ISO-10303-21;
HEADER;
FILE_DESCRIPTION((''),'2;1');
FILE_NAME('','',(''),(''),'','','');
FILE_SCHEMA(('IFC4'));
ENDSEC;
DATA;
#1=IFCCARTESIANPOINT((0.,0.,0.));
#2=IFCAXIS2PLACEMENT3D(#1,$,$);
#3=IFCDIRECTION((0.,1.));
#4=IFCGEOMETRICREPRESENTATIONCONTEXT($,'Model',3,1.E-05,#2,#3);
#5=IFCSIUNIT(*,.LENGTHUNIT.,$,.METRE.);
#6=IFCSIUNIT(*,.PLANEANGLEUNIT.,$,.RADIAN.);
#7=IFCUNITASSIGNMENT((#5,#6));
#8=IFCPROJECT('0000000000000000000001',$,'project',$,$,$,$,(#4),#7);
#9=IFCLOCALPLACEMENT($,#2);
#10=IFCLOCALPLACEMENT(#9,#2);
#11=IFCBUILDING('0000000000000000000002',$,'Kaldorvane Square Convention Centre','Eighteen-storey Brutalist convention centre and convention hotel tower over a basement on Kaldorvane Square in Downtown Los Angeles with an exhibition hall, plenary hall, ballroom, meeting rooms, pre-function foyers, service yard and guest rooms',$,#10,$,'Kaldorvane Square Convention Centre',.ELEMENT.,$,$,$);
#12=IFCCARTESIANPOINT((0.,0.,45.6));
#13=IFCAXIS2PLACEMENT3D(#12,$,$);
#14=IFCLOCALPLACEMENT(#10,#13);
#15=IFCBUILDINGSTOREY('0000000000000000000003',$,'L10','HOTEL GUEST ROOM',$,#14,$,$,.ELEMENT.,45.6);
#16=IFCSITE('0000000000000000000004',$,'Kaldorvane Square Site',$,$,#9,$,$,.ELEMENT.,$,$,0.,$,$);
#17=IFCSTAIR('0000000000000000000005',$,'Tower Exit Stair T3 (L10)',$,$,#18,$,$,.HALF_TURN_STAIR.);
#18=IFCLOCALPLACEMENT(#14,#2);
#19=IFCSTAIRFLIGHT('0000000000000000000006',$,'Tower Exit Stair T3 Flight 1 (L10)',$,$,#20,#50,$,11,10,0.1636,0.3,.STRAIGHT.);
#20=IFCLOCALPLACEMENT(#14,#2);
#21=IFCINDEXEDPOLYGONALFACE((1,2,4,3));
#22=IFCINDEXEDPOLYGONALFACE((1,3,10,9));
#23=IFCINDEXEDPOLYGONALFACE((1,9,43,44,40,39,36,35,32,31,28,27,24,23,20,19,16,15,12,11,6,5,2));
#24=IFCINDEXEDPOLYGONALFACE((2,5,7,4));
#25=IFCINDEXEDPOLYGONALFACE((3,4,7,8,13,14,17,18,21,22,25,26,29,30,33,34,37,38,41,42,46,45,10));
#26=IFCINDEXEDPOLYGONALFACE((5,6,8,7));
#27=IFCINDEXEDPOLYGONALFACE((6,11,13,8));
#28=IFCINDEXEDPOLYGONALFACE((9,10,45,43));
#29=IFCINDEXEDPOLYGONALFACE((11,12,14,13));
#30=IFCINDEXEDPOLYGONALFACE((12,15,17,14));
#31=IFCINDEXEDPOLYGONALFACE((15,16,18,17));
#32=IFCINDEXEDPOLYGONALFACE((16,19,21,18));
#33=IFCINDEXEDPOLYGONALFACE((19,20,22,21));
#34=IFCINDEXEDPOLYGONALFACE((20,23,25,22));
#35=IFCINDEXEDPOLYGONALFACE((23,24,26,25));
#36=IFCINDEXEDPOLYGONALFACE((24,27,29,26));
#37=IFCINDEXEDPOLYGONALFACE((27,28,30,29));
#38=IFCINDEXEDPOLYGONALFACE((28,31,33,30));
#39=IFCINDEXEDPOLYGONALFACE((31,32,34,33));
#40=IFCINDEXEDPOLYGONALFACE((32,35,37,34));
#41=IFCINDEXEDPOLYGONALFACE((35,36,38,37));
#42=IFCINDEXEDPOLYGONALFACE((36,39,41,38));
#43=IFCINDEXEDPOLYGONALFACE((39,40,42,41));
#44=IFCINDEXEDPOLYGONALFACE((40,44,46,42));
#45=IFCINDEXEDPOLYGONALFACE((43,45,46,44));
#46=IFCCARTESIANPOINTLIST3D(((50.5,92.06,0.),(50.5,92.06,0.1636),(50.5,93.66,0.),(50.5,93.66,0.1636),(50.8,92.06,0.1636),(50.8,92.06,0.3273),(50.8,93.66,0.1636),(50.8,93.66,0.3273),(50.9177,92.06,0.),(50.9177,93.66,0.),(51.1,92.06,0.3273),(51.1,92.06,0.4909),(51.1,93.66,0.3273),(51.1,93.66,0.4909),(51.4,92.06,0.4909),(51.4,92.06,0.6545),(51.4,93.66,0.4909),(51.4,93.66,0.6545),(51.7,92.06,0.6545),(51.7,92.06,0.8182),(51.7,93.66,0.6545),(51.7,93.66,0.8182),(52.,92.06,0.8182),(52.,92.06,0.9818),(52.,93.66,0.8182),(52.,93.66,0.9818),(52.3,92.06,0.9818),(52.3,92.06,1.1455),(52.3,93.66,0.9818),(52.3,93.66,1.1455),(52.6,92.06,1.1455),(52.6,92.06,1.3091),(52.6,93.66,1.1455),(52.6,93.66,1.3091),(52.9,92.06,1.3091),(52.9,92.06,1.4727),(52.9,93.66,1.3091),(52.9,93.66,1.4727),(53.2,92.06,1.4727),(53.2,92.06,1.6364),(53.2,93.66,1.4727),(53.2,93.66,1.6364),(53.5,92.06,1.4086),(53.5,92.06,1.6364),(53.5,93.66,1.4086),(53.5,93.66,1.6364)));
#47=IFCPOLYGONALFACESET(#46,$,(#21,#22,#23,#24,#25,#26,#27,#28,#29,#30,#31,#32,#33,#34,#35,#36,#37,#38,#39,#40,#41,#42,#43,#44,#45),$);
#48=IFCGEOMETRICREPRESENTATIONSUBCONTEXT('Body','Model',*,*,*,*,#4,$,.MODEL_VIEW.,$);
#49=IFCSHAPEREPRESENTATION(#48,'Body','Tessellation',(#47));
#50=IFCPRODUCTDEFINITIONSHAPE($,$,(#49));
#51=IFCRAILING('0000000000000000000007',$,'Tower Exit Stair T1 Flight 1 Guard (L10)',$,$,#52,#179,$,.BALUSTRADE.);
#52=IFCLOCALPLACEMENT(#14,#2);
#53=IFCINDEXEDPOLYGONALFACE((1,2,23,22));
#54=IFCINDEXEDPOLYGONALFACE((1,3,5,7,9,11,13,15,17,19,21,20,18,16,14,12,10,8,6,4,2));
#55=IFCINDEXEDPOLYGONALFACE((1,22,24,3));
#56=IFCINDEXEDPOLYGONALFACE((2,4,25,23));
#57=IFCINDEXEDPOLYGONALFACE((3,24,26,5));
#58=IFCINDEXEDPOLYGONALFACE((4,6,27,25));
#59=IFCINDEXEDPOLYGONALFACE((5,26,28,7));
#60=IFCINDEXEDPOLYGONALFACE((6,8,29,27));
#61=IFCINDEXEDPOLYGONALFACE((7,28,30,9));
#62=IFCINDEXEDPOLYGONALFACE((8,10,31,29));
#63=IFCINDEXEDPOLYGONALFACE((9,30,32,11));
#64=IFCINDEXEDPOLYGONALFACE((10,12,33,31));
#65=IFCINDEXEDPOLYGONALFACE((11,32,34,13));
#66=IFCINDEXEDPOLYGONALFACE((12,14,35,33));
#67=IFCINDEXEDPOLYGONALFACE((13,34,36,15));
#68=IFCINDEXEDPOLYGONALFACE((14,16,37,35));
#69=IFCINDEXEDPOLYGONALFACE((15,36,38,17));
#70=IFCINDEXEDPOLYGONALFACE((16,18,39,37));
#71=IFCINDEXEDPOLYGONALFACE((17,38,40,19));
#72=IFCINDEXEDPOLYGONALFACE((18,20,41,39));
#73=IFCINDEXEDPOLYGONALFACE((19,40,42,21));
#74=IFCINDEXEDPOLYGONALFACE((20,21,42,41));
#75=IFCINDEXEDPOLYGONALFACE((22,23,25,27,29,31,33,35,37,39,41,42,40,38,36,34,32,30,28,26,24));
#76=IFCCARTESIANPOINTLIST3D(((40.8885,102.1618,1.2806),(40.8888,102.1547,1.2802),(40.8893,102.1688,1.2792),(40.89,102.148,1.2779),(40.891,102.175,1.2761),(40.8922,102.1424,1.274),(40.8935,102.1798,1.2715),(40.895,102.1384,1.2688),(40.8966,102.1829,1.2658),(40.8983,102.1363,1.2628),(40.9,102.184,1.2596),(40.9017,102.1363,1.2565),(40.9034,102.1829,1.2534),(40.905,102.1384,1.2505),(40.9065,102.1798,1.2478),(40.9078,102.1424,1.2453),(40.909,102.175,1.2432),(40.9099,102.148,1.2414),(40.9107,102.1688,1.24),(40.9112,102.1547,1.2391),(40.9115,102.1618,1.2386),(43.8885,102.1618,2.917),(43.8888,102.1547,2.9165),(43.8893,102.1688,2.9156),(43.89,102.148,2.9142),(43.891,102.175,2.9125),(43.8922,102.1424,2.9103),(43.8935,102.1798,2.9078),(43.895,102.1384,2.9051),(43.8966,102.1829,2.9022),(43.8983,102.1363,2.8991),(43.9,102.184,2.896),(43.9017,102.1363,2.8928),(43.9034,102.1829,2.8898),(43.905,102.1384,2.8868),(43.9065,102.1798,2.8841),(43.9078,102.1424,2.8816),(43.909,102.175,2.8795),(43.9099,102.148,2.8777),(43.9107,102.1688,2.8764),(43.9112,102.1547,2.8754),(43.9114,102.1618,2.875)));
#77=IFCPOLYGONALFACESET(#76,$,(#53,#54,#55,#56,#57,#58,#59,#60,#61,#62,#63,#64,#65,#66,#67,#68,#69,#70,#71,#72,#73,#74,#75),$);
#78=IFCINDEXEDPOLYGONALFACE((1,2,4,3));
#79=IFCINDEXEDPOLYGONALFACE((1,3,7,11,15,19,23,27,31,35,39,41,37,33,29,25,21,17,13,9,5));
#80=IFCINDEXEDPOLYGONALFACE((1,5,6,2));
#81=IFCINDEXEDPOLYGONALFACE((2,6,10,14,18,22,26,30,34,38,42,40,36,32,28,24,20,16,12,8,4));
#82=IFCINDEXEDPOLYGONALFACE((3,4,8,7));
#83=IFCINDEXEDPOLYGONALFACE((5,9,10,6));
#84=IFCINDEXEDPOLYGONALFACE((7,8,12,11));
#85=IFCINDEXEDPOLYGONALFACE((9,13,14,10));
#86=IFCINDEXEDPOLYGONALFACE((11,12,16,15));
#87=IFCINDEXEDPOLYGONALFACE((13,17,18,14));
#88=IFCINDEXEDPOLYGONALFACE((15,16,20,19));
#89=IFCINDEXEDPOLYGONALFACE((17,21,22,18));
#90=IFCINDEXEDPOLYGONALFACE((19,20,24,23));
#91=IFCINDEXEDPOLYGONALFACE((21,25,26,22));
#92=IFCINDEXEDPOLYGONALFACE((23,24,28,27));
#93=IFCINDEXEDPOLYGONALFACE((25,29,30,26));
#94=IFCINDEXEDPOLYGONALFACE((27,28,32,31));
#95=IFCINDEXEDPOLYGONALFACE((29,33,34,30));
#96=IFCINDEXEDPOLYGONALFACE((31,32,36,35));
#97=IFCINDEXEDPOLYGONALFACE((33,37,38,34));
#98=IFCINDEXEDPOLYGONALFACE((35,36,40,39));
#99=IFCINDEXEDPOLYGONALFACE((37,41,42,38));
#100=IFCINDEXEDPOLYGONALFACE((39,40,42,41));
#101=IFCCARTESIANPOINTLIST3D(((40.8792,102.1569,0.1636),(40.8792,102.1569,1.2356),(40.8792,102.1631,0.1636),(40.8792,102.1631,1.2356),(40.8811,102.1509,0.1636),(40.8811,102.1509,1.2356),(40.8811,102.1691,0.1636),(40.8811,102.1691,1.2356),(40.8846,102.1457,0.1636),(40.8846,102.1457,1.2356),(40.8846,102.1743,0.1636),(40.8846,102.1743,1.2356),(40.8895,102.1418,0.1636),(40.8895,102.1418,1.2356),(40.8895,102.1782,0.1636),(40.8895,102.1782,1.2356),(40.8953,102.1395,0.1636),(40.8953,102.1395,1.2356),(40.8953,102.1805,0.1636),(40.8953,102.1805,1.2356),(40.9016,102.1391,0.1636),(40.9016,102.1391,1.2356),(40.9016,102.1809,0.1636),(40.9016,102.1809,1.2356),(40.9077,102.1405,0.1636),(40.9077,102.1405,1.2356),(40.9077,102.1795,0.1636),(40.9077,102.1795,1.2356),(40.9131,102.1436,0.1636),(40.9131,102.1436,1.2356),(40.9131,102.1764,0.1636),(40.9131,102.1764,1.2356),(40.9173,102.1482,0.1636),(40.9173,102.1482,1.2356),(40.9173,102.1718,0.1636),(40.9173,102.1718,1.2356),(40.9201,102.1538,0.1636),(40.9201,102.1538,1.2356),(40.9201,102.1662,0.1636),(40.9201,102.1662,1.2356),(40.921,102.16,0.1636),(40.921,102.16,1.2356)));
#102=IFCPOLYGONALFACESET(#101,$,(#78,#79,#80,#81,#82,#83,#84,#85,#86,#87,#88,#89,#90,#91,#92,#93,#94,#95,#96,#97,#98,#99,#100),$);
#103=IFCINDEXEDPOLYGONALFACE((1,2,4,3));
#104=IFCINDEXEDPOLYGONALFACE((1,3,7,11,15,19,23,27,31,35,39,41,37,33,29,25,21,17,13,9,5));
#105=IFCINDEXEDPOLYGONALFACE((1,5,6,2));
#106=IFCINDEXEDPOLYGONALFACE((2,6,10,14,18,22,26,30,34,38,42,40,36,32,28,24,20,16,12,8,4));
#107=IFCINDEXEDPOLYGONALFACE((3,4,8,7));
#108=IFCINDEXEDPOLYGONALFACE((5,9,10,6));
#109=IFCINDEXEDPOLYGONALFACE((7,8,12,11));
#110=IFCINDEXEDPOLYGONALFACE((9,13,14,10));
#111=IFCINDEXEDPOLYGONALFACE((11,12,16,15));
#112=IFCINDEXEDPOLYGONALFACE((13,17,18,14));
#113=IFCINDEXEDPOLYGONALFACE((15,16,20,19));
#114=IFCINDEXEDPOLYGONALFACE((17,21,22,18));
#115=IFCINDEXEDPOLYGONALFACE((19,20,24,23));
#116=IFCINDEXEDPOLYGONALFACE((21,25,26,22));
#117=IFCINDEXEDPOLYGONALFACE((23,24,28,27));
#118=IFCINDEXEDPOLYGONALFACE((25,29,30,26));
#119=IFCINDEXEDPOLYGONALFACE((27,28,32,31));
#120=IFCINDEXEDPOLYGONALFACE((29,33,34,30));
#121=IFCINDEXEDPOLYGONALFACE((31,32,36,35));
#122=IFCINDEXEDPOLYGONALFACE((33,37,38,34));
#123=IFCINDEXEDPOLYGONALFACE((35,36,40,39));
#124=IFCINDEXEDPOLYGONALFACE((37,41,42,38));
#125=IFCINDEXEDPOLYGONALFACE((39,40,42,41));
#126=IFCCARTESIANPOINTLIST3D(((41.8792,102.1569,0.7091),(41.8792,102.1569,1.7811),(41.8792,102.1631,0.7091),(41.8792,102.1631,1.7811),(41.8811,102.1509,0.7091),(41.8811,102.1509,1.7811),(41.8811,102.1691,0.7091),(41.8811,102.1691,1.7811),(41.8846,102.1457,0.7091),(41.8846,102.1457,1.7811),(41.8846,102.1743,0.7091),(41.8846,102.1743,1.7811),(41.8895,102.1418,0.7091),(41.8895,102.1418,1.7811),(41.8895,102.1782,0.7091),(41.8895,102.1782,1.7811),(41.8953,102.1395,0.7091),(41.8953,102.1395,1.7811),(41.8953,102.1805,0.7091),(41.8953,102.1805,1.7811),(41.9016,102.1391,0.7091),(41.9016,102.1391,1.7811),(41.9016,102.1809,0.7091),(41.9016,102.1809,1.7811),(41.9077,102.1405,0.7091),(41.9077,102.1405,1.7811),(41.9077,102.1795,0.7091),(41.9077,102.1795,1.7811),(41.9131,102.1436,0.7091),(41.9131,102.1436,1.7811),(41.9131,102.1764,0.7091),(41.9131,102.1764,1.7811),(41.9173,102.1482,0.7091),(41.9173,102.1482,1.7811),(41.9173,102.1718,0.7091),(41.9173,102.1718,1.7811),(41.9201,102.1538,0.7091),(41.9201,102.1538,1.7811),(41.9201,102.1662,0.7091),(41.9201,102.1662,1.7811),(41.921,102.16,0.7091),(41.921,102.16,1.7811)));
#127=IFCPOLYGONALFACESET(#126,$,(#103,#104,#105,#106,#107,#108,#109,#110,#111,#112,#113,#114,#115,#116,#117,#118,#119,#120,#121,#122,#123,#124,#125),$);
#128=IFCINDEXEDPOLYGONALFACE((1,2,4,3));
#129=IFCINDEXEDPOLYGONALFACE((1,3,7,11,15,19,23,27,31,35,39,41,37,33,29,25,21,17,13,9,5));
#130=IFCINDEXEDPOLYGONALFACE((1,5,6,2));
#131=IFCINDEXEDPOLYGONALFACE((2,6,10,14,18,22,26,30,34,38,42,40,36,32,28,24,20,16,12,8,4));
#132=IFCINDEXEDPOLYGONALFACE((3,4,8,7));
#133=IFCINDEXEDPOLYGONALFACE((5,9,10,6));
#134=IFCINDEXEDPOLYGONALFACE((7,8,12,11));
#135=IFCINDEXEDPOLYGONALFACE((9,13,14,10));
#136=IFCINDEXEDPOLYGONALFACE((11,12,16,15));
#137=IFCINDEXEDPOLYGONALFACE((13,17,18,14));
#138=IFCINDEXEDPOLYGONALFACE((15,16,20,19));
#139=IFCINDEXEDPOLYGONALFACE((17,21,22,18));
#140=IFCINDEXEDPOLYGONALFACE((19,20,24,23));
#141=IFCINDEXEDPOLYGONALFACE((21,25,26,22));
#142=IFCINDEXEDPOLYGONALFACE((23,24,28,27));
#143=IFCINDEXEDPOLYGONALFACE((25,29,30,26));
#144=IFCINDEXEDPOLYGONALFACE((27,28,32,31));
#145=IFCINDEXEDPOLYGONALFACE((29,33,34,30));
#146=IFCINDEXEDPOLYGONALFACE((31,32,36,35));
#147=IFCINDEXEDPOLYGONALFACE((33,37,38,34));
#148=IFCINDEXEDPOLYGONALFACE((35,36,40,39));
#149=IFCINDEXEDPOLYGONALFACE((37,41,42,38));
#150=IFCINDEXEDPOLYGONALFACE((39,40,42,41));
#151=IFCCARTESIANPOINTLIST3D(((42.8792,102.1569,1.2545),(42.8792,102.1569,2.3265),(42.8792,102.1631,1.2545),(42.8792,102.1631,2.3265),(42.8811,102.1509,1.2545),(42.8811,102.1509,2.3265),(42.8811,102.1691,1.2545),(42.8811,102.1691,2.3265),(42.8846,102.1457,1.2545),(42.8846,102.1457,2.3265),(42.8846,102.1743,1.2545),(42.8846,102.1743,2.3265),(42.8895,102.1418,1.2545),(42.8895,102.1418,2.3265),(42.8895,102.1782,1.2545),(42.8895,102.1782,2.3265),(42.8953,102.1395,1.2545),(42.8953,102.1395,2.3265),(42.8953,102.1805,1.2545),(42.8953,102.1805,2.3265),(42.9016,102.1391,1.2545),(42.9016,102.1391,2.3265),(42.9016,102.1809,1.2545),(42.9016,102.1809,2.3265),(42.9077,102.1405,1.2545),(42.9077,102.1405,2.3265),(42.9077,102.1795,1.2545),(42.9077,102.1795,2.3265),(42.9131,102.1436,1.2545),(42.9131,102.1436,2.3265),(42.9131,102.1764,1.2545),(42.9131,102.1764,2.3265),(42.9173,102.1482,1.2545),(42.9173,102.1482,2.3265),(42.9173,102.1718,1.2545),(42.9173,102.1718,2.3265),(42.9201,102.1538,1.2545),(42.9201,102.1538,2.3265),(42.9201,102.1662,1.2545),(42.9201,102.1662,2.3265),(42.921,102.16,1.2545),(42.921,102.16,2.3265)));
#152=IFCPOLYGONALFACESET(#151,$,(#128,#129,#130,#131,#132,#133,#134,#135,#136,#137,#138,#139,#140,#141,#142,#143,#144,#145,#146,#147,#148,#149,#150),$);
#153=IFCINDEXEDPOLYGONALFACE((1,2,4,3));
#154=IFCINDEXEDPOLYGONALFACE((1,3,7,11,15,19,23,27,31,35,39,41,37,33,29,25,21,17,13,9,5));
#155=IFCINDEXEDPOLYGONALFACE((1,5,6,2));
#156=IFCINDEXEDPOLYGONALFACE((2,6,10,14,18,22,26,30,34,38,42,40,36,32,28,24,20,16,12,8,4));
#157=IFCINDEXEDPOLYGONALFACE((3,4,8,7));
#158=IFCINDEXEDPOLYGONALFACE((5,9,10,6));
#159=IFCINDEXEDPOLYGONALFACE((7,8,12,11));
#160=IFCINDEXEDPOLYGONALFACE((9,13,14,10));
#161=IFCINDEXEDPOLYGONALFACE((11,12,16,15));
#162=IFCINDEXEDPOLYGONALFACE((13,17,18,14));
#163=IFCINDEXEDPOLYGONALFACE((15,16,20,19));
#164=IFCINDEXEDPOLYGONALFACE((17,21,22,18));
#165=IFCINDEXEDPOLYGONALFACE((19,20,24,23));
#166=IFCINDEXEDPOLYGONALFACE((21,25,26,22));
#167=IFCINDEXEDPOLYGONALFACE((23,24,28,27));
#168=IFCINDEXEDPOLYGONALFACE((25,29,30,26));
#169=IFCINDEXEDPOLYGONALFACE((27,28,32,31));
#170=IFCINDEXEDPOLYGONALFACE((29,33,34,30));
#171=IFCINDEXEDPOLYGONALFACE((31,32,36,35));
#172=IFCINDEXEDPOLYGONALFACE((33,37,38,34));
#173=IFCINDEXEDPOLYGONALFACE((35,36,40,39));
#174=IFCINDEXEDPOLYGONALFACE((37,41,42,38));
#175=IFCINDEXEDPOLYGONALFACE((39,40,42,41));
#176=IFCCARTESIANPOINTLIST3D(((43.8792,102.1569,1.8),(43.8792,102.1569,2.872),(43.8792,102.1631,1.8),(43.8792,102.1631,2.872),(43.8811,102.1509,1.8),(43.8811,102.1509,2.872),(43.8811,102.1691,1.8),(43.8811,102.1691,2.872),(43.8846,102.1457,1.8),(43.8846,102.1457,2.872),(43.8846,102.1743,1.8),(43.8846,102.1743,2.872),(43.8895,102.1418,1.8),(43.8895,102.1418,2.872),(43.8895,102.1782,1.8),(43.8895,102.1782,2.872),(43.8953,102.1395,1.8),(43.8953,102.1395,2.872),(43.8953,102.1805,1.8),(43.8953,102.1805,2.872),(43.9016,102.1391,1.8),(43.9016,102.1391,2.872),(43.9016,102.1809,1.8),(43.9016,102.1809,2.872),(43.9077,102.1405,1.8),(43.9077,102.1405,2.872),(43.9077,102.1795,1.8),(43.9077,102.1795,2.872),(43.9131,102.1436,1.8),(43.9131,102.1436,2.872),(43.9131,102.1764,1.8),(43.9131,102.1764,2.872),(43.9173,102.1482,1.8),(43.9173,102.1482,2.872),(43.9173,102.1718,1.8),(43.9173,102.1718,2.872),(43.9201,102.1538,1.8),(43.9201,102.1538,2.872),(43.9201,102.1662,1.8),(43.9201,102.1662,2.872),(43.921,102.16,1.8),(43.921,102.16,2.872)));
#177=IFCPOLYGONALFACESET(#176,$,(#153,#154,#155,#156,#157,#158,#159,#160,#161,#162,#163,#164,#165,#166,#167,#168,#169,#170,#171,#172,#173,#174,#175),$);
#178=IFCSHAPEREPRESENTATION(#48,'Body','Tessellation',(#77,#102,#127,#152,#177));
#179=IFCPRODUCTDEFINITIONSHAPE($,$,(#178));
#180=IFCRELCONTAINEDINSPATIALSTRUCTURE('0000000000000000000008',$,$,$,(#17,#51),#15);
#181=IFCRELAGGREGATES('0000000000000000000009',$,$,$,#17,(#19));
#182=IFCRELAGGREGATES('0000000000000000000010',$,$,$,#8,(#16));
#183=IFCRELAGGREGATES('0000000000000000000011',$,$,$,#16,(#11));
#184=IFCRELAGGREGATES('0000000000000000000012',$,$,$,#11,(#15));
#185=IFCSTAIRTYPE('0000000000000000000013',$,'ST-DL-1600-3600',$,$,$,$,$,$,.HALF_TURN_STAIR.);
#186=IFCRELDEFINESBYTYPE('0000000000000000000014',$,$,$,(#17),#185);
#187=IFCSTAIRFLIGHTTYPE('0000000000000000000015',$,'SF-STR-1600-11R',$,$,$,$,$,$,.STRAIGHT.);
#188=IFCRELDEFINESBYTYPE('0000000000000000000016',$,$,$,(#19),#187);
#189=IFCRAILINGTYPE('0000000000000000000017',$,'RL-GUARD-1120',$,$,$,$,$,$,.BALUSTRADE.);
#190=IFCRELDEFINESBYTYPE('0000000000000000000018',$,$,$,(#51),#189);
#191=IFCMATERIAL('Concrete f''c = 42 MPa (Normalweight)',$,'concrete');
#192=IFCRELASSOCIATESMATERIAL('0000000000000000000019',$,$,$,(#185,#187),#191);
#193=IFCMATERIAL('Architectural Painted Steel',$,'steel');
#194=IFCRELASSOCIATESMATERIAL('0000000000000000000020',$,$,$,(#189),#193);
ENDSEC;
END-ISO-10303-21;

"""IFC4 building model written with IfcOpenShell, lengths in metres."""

from ifc_helpers import new_model, si_unit, direction, frame, origin, origin_2d, place, context, subcontext, project, spatial, polyline, circle, outline, extrude, material, type_object, element, aggregate, save


model = new_model("IFC4")

# Units and contexts
model_context = context("Model", 3, precision=1e-05, world=origin(), true_north=direction((0.0, 1.0)))
body_context = subcontext(model_context, "Body", "Model", "MODEL_VIEW")
ifc_project = project(units=[si_unit("LENGTHUNIT", "METRE"), si_unit("PLANEANGLEUNIT", "RADIAN")], contexts=[model_context])

# Site, building, storey
site_placement = place(None, origin())
site = spatial("IfcSite", under=ifc_project, at=site_placement, Name="Kaldorvane Square Site", CompositionType="ELEMENT", RefElevation=0.0)
building_placement = place(site_placement, origin())
building = spatial("IfcBuilding", under=site, at=building_placement, Name="Kaldorvane Square Convention Centre", Description="Eighteen-storey Brutalist convention centre and convention hotel tower over a basement on Kaldorvane Square in Downtown Los Angeles with an exhibition hall, plenary hall, ballroom, meeting rooms, pre-function foyers, service yard and guest rooms", LongName="Kaldorvane Square Convention Centre", CompositionType="ELEMENT")
storey_placement = place(building_placement, frame((0.0, 0.0, 45.6)))
storey = spatial("IfcBuildingStorey", under=building, at=storey_placement, Name="L10", Description="HOTEL GUEST ROOM", CompositionType="ELEMENT", Elevation=45.6)

# Stair, stair flight
ifc_material_1 = material(Name="Concrete f'c = 42 MPa (Normalweight)", Category="concrete")
stair_type = type_object("IfcStairType", Name="ST-DL-1600-3600", PredefinedType="HALF_TURN_STAIR", material=ifc_material_1)
stair_flight_type = type_object("IfcStairFlightType", Name="SF-STR-1600-11R", PredefinedType="STRAIGHT", material=ifc_material_1)
stair_1_placement = place(storey_placement, origin())
stair_1 = element("IfcStair", 1, at=stair_1_placement, inside=storey, type_object=stair_type, Name="Tower Exit Stair T3 (L10)", PredefinedType="HALF_TURN_STAIR")
stair_flight_1_placement = place(storey_placement, frame((50.5, 92.86, 0.0), z_axis=(0.0, 0.0, 1.0), x_axis=(1.0, 0.0, 0.0)))
stair_flight_1 = element("IfcStairFlight", 2, at=stair_flight_1_placement, type_object=stair_flight_type, Name="Tower Exit Stair T3 Flight 1 (L10)", NumberOfRisers=11, NumberOfTreads=10, PredefinedType="STRAIGHT", RiserHeight=0.1636, TreadLength=0.3, context=body_context, shape_type="SweptSolid", body=[
    extrude(outline(polyline([(0.0, 0.0), (0.0, 0.1636), (0.3, 0.1636), (0.3, 0.3273), (0.6, 0.3273), (0.6, 0.4909), (0.9, 0.4909), (0.9, 0.6545), (1.2, 0.6545), (1.2, 0.8182), (1.5, 0.8182), (1.5, 0.9818), (1.8, 0.9818), (1.8, 1.1455), (2.1, 1.1455), (2.1, 1.3091), (2.4, 1.3091), (2.4, 1.4727), (2.7, 1.4727), (2.7, 1.6364), (3.0, 1.6364), (3.0, 1.8), (3.0, 1.4086), (0.4177, 0.0), (0.0, 0.0)])), frame((0.0, 0.8, 0.0), z_axis=(0.0, -1.0, 0.0), x_axis=(1.0, 0.0, 0.0)), (0.0, 0.0, 1.0), 1.6),
])
aggregate(stair_1, [stair_flight_1])

# Railing
ifc_material_2 = material(Name="Architectural Painted Steel", Category="steel")
railing_type_1 = type_object("IfcRailingType", Name="RL-GUARD-1120", PredefinedType="BALUSTRADE", material=ifc_material_2)
railing_placement = place(storey_placement, frame((40.9, 102.16, 0.1636)))
element("IfcRailing", 3, at=railing_placement, inside=storey, type_object=railing_type_1, Name="Tower Exit Stair T1 Flight 1 Guard (L10)", PredefinedType="BALUSTRADE", context=body_context, shape_type="SweptSolid", body=[
    extrude(circle(Radius=0.024, at=origin_2d()), frame((0.0, 0.0, 1.096), z_axis=(0.877897, 0.0, 0.47885), x_axis=(0.0, 1.0, 0.0)), (0.0, 0.0, 1.0), 3.4173),
    extrude(circle(Radius=0.021, at=origin_2d()), origin(), (0.0, 0.0, 1.0), 1.072),
    extrude(circle(Radius=0.021, at=origin_2d()), frame((1.0, 0.0, 0.5455)), (0.0, 0.0, 1.0), 1.072),
    extrude(circle(Radius=0.021, at=origin_2d()), frame((2.0, 0.0, 1.0909)), (0.0, 0.0, 1.0), 1.072),
    extrude(circle(Radius=0.021, at=origin_2d()), frame((3.0, 0.0, 1.6364)), (0.0, 0.0, 1.0), 1.072),
])

save(model, "model.ifc")
